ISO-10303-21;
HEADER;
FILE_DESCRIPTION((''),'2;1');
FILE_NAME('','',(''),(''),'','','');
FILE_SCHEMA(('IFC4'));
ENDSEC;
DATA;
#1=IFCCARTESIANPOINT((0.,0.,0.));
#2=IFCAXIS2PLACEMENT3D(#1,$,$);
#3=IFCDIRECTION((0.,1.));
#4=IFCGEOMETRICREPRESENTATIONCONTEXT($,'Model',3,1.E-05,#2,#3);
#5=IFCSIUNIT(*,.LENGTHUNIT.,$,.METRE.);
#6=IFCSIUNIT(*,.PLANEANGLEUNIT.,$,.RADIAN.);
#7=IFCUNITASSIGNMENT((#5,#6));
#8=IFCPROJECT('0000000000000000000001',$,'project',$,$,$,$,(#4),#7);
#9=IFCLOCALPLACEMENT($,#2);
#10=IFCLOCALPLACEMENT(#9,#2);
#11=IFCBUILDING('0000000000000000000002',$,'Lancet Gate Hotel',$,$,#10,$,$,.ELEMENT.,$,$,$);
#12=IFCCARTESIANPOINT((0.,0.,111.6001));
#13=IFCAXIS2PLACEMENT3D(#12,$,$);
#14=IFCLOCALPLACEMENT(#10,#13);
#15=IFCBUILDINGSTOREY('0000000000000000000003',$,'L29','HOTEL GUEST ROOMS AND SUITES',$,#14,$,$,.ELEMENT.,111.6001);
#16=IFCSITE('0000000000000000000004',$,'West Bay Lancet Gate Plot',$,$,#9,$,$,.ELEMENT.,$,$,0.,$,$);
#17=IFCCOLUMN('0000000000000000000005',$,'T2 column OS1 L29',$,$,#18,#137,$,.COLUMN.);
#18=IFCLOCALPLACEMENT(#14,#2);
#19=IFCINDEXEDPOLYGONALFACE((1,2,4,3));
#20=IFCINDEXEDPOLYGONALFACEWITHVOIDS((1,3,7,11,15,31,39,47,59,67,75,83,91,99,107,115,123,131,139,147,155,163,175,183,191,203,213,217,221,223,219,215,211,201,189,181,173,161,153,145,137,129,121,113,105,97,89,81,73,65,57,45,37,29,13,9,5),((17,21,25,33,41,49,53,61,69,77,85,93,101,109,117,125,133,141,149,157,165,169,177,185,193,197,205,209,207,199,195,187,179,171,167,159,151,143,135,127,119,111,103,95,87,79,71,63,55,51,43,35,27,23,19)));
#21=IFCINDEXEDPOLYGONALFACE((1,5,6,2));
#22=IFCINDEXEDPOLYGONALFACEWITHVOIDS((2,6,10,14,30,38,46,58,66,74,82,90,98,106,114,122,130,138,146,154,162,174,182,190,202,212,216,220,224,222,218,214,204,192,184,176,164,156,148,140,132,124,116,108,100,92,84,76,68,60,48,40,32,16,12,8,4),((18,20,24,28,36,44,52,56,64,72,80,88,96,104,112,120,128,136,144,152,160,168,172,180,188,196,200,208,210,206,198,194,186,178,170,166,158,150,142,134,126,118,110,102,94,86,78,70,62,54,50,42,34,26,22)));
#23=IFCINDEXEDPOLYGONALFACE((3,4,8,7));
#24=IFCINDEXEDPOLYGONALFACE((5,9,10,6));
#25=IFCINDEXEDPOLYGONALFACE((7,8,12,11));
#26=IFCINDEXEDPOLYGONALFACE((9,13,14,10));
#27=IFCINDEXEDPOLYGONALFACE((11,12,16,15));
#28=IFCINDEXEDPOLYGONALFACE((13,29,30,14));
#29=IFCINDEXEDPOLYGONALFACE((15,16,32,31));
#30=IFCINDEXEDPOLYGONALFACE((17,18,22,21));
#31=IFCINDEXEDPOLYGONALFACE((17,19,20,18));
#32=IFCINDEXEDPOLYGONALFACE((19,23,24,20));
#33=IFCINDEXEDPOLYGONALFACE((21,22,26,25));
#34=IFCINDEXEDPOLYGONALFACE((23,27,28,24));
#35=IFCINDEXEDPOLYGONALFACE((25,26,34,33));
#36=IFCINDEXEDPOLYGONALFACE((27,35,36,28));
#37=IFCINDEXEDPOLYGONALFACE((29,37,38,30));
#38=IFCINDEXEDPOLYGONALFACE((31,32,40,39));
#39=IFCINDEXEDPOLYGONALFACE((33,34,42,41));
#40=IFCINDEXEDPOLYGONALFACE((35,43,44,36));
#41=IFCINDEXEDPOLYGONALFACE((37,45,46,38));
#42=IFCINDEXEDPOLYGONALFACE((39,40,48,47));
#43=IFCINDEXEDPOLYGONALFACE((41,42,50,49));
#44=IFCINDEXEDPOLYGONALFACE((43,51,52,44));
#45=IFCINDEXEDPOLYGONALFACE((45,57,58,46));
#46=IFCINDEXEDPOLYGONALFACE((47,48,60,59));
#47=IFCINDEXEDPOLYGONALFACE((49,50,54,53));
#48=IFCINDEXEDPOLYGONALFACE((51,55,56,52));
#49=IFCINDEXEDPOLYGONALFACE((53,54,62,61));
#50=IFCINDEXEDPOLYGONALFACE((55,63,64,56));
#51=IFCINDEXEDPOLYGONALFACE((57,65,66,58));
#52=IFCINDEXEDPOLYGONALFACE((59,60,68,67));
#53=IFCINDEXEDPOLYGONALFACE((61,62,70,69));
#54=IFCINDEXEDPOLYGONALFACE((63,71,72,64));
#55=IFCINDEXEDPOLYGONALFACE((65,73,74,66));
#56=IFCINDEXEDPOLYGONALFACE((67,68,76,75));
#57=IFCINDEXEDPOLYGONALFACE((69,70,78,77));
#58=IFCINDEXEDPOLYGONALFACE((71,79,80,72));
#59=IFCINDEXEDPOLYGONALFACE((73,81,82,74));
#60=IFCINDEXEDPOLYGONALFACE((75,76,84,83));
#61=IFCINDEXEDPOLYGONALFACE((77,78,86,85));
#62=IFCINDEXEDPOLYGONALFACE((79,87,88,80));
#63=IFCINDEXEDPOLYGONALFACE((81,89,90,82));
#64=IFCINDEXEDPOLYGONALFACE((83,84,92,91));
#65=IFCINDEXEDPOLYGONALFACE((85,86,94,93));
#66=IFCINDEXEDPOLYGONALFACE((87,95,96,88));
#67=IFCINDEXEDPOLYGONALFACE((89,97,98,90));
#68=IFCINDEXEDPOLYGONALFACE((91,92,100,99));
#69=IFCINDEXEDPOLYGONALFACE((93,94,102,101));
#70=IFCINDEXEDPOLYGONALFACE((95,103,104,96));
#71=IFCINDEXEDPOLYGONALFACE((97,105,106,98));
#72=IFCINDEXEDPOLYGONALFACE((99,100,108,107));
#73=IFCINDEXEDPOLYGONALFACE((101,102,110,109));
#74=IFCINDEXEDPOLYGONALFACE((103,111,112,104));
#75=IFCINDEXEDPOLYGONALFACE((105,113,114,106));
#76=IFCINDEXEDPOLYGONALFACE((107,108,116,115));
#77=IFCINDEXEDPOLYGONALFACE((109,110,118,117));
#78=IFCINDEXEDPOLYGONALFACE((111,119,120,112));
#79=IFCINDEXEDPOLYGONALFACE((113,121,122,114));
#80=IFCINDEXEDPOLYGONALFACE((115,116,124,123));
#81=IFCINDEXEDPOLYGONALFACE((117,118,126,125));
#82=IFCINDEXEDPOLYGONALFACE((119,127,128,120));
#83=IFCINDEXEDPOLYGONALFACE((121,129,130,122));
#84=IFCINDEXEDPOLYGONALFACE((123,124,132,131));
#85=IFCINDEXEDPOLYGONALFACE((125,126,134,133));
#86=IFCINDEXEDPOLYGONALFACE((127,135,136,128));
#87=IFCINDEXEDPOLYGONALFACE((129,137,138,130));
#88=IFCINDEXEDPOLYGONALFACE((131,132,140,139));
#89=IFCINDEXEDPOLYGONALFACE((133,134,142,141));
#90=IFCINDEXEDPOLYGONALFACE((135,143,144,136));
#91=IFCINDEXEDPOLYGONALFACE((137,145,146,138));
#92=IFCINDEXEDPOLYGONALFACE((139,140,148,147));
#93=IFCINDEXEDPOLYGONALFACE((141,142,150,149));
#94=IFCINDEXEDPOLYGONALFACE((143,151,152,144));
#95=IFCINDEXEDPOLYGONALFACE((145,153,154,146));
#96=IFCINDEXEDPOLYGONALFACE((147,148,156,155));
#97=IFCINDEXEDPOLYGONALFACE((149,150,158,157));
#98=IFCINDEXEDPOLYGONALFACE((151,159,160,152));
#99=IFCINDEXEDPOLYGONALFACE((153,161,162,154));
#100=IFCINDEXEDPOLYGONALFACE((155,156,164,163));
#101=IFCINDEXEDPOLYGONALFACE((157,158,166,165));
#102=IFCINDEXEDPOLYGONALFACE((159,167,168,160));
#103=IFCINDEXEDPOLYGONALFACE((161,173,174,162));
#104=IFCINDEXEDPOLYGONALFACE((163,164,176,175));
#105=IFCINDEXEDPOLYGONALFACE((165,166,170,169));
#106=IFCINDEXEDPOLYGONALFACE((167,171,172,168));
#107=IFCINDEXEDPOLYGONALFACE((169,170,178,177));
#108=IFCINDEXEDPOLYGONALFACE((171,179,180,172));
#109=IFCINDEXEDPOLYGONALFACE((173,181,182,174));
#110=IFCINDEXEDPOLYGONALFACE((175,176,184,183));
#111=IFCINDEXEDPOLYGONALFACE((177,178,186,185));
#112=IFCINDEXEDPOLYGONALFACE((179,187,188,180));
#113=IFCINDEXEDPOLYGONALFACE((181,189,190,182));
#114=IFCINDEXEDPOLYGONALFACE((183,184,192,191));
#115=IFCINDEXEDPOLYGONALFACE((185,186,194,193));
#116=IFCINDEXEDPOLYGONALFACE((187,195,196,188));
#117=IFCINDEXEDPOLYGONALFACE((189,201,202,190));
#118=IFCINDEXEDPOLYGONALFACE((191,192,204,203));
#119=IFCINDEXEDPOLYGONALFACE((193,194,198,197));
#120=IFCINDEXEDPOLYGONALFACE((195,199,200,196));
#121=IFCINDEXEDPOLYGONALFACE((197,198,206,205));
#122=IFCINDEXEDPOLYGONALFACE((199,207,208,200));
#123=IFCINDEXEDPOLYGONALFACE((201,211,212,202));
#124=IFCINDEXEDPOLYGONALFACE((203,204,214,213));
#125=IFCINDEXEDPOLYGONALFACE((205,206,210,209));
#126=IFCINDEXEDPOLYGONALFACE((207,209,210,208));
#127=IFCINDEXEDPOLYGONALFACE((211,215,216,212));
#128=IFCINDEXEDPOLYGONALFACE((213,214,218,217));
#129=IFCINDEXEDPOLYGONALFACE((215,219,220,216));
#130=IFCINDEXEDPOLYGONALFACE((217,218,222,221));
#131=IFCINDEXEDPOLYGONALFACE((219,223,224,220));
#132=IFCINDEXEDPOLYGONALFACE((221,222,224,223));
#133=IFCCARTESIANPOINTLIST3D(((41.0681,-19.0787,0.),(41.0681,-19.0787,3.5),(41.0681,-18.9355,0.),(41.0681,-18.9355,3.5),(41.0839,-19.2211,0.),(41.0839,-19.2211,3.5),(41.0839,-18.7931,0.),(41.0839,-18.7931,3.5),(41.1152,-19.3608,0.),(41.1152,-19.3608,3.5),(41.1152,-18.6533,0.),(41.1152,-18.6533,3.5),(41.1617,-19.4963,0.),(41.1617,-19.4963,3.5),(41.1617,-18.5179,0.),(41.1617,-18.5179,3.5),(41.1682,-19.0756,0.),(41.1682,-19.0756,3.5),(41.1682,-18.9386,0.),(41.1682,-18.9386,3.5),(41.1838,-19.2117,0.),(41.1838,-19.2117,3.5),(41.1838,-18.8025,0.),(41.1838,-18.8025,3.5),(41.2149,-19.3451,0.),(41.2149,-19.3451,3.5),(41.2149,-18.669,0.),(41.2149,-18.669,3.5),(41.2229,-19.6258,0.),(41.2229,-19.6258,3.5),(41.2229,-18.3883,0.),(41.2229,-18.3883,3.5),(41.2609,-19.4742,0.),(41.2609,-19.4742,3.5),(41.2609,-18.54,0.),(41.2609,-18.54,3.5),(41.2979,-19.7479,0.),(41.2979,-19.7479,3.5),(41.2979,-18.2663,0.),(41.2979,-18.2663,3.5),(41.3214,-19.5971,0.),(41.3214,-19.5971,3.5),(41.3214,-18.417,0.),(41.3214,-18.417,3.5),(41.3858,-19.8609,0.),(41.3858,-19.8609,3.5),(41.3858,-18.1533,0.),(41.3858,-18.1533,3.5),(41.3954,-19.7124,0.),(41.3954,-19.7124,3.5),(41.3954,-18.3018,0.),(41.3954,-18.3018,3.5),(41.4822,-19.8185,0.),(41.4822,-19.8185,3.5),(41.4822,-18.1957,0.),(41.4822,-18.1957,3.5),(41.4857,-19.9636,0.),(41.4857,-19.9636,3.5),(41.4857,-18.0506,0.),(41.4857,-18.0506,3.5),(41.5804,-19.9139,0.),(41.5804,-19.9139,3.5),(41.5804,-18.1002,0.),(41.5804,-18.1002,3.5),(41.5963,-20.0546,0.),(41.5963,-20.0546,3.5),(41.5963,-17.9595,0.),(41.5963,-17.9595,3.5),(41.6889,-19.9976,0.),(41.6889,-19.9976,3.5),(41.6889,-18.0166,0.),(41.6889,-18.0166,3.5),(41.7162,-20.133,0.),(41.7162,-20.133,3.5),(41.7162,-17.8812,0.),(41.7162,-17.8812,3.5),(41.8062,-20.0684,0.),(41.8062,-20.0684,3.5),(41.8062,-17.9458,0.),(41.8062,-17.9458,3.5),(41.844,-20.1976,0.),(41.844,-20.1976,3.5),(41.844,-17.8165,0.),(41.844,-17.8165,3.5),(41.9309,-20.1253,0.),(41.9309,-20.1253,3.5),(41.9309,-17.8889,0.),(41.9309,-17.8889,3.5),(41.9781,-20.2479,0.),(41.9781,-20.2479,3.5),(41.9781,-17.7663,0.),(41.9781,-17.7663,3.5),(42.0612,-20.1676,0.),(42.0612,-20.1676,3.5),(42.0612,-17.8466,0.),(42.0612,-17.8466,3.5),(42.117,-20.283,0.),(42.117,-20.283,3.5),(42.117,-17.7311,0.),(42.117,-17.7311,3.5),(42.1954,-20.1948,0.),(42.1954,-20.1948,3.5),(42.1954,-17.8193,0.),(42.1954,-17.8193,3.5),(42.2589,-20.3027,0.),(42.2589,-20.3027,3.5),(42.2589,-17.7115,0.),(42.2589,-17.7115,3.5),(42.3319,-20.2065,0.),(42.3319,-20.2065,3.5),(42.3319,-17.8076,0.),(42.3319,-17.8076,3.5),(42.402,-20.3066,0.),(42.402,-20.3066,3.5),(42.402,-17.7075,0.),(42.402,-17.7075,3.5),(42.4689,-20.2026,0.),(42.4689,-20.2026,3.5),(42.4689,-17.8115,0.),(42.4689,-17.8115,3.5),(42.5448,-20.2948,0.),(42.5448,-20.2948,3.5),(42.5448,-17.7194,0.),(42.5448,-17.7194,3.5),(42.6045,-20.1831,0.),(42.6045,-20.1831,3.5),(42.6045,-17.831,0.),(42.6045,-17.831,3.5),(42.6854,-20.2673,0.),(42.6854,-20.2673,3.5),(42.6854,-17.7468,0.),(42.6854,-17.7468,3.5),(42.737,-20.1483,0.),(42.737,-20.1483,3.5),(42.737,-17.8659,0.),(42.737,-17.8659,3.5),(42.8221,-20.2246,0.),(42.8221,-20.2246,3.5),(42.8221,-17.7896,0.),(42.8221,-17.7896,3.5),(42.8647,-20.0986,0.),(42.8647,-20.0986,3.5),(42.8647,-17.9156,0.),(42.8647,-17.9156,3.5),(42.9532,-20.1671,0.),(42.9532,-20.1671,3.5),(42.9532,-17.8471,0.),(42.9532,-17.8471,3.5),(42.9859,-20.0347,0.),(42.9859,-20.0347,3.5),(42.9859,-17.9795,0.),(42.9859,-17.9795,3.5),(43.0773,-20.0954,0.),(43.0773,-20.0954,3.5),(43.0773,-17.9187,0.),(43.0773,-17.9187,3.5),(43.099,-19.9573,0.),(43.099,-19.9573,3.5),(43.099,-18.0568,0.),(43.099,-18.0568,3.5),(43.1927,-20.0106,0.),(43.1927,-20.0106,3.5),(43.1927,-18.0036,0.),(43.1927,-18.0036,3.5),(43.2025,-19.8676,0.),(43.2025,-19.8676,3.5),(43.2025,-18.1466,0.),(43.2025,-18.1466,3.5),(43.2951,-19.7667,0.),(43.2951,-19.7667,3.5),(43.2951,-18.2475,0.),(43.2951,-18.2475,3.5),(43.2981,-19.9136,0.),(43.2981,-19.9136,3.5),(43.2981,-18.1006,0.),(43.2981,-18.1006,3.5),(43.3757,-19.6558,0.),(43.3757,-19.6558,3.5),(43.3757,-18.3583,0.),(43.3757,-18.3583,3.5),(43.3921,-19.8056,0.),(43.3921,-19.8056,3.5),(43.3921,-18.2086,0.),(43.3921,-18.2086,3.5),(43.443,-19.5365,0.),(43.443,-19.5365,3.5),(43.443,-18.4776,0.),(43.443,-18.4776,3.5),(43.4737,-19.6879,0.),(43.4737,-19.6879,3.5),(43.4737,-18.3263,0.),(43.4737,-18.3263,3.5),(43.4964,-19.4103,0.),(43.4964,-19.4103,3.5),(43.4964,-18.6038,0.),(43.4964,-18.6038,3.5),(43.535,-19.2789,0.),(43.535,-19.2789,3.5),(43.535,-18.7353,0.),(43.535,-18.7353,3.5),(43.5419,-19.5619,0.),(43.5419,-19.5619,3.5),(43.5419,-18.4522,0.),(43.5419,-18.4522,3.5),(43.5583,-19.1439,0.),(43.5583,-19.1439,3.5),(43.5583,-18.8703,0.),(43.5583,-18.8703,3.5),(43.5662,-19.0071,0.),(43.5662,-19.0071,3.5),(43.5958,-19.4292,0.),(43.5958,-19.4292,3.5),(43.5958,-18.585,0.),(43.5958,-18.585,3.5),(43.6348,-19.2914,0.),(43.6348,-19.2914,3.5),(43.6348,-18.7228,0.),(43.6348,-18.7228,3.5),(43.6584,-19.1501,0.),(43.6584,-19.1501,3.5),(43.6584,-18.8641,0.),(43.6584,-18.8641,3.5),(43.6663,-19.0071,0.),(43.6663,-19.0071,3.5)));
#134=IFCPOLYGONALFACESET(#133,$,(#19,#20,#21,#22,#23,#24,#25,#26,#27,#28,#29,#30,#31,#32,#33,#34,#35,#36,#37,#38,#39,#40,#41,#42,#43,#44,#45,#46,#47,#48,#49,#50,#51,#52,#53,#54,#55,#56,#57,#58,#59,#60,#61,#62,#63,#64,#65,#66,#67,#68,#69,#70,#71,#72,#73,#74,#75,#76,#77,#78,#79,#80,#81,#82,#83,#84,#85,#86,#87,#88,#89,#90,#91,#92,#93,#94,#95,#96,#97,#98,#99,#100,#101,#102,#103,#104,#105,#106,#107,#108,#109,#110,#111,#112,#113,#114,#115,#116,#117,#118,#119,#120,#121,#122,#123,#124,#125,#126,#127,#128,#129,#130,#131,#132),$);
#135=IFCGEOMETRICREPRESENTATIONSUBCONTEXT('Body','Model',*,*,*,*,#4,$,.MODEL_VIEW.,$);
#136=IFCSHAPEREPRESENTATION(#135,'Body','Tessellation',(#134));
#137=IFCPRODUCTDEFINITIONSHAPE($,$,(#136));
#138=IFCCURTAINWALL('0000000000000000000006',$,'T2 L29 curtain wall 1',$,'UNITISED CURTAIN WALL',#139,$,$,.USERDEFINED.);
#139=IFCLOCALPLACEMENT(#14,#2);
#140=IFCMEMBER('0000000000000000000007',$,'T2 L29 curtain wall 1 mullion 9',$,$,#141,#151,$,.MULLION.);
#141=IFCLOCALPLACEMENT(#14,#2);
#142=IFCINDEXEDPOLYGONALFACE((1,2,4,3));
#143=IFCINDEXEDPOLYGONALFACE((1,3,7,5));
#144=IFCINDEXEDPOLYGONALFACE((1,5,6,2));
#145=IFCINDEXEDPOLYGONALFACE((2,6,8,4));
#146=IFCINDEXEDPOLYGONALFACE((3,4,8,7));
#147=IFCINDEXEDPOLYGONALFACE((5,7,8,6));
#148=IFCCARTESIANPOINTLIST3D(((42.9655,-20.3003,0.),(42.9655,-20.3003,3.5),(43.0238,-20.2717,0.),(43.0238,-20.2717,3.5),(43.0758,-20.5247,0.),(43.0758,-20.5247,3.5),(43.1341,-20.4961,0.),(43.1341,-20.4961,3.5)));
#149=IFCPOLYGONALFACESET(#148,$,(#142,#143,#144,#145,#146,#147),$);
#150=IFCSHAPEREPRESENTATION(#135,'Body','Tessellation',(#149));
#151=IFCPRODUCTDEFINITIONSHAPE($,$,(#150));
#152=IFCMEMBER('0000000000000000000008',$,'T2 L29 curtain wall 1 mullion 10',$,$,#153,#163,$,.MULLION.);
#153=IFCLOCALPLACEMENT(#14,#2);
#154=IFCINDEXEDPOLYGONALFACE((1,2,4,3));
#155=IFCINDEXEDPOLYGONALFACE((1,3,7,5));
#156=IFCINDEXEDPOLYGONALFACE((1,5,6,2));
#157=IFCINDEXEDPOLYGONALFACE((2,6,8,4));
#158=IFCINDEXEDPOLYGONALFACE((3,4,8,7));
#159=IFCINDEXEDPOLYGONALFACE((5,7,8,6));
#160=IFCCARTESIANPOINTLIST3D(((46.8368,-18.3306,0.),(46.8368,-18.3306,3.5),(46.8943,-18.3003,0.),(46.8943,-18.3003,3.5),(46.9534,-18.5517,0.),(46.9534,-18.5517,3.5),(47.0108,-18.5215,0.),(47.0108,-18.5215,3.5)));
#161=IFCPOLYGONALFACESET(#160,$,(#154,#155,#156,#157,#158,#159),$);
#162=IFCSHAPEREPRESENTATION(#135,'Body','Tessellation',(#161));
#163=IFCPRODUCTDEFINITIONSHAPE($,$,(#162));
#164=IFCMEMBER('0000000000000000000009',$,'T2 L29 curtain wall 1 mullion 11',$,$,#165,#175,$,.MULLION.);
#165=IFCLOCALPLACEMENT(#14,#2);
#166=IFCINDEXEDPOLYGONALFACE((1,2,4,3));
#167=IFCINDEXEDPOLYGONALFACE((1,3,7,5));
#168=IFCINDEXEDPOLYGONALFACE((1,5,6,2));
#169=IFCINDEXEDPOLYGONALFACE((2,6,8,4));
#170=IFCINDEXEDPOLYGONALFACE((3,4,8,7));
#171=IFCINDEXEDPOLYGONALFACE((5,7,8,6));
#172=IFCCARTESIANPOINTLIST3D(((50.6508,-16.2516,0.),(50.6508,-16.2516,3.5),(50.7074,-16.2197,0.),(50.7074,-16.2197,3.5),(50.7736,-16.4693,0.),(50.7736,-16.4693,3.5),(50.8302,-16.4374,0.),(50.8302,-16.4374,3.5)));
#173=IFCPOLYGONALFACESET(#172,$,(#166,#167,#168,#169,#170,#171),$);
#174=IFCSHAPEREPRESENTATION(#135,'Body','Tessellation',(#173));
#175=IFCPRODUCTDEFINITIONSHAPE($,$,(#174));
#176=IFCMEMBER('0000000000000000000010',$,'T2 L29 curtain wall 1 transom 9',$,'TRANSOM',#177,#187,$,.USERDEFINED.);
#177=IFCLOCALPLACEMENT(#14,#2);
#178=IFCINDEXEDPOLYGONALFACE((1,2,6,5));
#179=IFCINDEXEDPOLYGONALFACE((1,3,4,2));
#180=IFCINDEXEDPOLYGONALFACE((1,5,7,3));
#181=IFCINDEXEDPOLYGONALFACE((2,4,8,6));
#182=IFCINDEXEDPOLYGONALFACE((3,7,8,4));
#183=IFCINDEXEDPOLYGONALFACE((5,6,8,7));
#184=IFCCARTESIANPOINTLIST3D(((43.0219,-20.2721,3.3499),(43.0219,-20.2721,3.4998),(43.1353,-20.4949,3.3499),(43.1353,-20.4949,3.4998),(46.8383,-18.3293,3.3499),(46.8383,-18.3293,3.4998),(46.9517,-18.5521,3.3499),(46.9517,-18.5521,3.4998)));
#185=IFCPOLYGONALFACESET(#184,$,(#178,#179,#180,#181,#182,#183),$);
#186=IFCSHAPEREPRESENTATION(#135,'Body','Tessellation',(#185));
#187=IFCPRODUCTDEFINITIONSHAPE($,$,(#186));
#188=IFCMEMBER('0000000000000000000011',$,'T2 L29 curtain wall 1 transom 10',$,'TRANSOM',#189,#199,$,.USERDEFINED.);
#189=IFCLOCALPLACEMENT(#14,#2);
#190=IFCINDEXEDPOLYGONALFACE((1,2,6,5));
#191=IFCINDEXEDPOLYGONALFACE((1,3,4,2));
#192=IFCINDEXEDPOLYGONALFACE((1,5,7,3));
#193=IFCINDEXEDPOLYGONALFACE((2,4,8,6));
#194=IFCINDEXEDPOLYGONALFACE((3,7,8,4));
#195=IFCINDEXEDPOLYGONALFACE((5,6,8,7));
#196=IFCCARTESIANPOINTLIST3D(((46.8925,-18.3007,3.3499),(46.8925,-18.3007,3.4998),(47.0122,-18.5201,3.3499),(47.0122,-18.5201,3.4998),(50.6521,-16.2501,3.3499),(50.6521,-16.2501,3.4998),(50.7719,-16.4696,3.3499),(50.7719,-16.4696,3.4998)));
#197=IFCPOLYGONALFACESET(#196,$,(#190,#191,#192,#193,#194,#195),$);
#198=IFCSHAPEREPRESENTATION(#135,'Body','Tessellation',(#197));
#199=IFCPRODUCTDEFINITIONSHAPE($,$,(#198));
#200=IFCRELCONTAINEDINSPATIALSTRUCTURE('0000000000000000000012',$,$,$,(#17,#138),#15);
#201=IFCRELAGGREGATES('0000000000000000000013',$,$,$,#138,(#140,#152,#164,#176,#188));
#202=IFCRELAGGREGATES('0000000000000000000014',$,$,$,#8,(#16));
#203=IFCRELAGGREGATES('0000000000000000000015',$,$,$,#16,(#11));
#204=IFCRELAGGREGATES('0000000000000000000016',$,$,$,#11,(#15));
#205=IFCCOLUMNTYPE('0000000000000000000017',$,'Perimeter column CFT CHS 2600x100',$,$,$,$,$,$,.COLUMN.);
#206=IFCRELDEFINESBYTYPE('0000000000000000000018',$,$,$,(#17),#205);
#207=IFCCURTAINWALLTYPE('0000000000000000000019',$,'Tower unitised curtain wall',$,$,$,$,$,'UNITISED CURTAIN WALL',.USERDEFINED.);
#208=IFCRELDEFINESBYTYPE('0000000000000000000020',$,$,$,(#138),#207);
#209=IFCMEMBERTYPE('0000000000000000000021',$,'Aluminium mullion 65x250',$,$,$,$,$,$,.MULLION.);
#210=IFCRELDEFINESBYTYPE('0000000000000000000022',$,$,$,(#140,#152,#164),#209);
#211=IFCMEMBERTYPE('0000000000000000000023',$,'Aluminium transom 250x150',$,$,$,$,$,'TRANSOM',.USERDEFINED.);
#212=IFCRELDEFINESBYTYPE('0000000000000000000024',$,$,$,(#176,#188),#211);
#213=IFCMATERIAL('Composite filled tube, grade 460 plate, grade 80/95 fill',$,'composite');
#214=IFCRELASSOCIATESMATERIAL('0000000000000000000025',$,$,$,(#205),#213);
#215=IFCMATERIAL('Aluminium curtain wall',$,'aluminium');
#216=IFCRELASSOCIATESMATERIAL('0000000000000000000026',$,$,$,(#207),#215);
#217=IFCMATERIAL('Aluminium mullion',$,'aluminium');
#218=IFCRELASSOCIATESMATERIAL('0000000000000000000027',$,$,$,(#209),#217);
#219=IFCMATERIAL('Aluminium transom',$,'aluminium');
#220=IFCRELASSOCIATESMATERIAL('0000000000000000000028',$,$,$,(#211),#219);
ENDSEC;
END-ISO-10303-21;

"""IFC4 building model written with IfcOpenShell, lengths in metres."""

from ifc_helpers import new_model, si_unit, direction, frame, origin, origin_2d, place, context, subcontext, project, spatial, rectangle, hollow_circle, extrude, material, material_profile, profile_set, type_object, element, aggregate, save


model = new_model("IFC4")

# Units and contexts
model_context = context("Model", 3, precision=1e-05, world=origin(), true_north=direction((0.0, 1.0)))
body_context = subcontext(model_context, "Body", "Model", "MODEL_VIEW")
ifc_project = project(units=[si_unit("LENGTHUNIT", "METRE"), si_unit("PLANEANGLEUNIT", "RADIAN")], contexts=[model_context])

# Site, building, storey
site_placement = place(None, origin())
site = spatial("IfcSite", under=ifc_project, at=site_placement, Name="West Bay Lancet Gate Plot", CompositionType="ELEMENT", RefElevation=0.0)
building_placement = place(site_placement, origin())
building = spatial("IfcBuilding", under=site, at=building_placement, Name="Lancet Gate Hotel", CompositionType="ELEMENT")
storey_placement = place(building_placement, frame((0.0, 0.0, 111.6001)))
storey = spatial("IfcBuildingStorey", under=building, at=storey_placement, Name="L29", Description="HOTEL GUEST ROOMS AND SUITES", CompositionType="ELEMENT", Elevation=111.6001)

# Column
ifc_material_1 = material(Name="Composite filled tube, grade 460 plate, grade 80/95 fill", Category="composite")
ifc_material_profile_1 = material_profile(ifc_material_1, hollow_circle(Radius=1.3, WallThickness=0.1001, at=origin_2d()), Name="CHS 2600x100")
ifc_profile_set_1 = profile_set([ifc_material_profile_1], Name="Composite filled tube, grade 460 plate, grade 80/95 fill")
column_type = type_object("IfcColumnType", Name="Perimeter column CFT CHS 2600x100", PredefinedType="COLUMN", material=ifc_profile_set_1)
column_placement = place(storey_placement, frame((42.3662, -19.0071, 0.0), z_axis=(0.0, 0.0, 1.0), x_axis=(1.0, 0.0, 0.0)))
element("IfcColumn", 1, at=column_placement, inside=storey, type_object=column_type, Name="T2 column OS1 L29", PredefinedType="COLUMN", context=body_context, shape_type="SweptSolid", body=[
    extrude(hollow_circle(Radius=1.3, WallThickness=0.1001, at=origin_2d()), origin(), (0.0, 0.0, 1.0), 3.5),
])

# Curtain wall, members
ifc_material_2 = material(Name="Aluminium curtain wall", Category="aluminium")
curtain_wall_type = type_object("IfcCurtainWallType", Name="Tower unitised curtain wall", ElementType="UNITISED CURTAIN WALL", PredefinedType="USERDEFINED", material=ifc_material_2)
curtain_wall_placement = place(storey_placement, origin())
curtain_wall = element("IfcCurtainWall", 2, at=curtain_wall_placement, inside=storey, type_object=curtain_wall_type, Name="T2 L29 curtain wall 1", ObjectType="UNITISED CURTAIN WALL", PredefinedType="USERDEFINED")
ifc_material_3 = material(Name="Aluminium mullion", Category="aluminium")
ifc_material_profile_2 = material_profile(ifc_material_3, rectangle(XDim=0.0649, YDim=0.25, at=origin_2d()), Name="MULLION 65x250")
ifc_profile_set_2 = profile_set([ifc_material_profile_2], Name="Aluminium mullion")
member_type_1 = type_object("IfcMemberType", Name="Aluminium mullion 65x250", PredefinedType="MULLION", material=ifc_profile_set_2)
member_1_placement = place(storey_placement, frame((43.0498, -20.3982, 0.0), z_axis=(0.0, 0.0, 1.0), x_axis=(0.897512, 0.44099, 0.0)))
member_1 = element("IfcMember", 3, at=member_1_placement, type_object=member_type_1, Name="T2 L29 curtain wall 1 mullion 9", PredefinedType="MULLION", context=body_context, shape_type="SweptSolid", body=[
    extrude(rectangle(XDim=0.0649, YDim=0.25, at=origin_2d()), origin(), (0.0, 0.0, 1.0), 3.5),
])
member_2_placement = place(storey_placement, frame((46.9238, -18.426, 0.0), z_axis=(0.0, 0.0, 1.0), x_axis=(0.884627, 0.466299, 0.0)))
member_2 = element("IfcMember", 4, at=member_2_placement, type_object=member_type_1, Name="T2 L29 curtain wall 1 mullion 10", PredefinedType="MULLION", context=body_context, shape_type="SweptSolid", body=[
    extrude(rectangle(XDim=0.0649, YDim=0.25, at=origin_2d()), origin(), (0.0, 0.0, 1.0), 3.5),
])
member_3_placement = place(storey_placement, frame((50.7405, -16.3445, 0.0), z_axis=(0.0, 0.0, 1.0), x_axis=(0.871029, 0.491232, 0.0)))
member_3 = element("IfcMember", 5, at=member_3_placement, type_object=member_type_1, Name="T2 L29 curtain wall 1 mullion 11", PredefinedType="MULLION", context=body_context, shape_type="SweptSolid", body=[
    extrude(rectangle(XDim=0.0649, YDim=0.25, at=origin_2d()), origin(), (0.0, 0.0, 1.0), 3.5),
])
ifc_material_4 = material(Name="Aluminium transom", Category="aluminium")
ifc_material_profile_3 = material_profile(ifc_material_4, rectangle(XDim=0.25, YDim=0.1499, at=origin_2d()), Name="TRANSOM 250x150")
ifc_profile_set_3 = profile_set([ifc_material_profile_3], Name="Aluminium transom")
member_type_2 = type_object("IfcMemberType", Name="Aluminium transom 250x150", ElementType="TRANSOM", PredefinedType="USERDEFINED", material=ifc_profile_set_3)
member_4_placement = place(storey_placement, frame((43.0786, -20.3835, 3.4248), z_axis=(0.891166, 0.453678, 0.0), x_axis=(-0.453678, 0.891166, 0.0)))
member_4 = element("IfcMember", 6, at=member_4_placement, type_object=member_type_2, Name="T2 L29 curtain wall 1 transom 9", ObjectType="TRANSOM", PredefinedType="USERDEFINED", context=body_context, shape_type="SweptSolid", body=[
    extrude(rectangle(XDim=0.25, YDim=0.1499, at=origin_2d()), origin(), (0.0, 0.0, 1.0), 4.2825),
])
member_5_placement = place(storey_placement, frame((46.9524, -18.4104, 3.4248), z_axis=(0.877906, 0.478832, 0.0), x_axis=(-0.478832, 0.877906, 0.0)))
member_5 = element("IfcMember", 7, at=member_5_placement, type_object=member_type_2, Name="T2 L29 curtain wall 1 transom 10", ObjectType="TRANSOM", PredefinedType="USERDEFINED", context=body_context, shape_type="SweptSolid", body=[
    extrude(rectangle(XDim=0.25, YDim=0.1499, at=origin_2d()), origin(), (0.0, 0.0, 1.0), 4.2825),
])

aggregate(curtain_wall, [member_1, member_2, member_3, member_4, member_5])

save(model, "model.ifc")
